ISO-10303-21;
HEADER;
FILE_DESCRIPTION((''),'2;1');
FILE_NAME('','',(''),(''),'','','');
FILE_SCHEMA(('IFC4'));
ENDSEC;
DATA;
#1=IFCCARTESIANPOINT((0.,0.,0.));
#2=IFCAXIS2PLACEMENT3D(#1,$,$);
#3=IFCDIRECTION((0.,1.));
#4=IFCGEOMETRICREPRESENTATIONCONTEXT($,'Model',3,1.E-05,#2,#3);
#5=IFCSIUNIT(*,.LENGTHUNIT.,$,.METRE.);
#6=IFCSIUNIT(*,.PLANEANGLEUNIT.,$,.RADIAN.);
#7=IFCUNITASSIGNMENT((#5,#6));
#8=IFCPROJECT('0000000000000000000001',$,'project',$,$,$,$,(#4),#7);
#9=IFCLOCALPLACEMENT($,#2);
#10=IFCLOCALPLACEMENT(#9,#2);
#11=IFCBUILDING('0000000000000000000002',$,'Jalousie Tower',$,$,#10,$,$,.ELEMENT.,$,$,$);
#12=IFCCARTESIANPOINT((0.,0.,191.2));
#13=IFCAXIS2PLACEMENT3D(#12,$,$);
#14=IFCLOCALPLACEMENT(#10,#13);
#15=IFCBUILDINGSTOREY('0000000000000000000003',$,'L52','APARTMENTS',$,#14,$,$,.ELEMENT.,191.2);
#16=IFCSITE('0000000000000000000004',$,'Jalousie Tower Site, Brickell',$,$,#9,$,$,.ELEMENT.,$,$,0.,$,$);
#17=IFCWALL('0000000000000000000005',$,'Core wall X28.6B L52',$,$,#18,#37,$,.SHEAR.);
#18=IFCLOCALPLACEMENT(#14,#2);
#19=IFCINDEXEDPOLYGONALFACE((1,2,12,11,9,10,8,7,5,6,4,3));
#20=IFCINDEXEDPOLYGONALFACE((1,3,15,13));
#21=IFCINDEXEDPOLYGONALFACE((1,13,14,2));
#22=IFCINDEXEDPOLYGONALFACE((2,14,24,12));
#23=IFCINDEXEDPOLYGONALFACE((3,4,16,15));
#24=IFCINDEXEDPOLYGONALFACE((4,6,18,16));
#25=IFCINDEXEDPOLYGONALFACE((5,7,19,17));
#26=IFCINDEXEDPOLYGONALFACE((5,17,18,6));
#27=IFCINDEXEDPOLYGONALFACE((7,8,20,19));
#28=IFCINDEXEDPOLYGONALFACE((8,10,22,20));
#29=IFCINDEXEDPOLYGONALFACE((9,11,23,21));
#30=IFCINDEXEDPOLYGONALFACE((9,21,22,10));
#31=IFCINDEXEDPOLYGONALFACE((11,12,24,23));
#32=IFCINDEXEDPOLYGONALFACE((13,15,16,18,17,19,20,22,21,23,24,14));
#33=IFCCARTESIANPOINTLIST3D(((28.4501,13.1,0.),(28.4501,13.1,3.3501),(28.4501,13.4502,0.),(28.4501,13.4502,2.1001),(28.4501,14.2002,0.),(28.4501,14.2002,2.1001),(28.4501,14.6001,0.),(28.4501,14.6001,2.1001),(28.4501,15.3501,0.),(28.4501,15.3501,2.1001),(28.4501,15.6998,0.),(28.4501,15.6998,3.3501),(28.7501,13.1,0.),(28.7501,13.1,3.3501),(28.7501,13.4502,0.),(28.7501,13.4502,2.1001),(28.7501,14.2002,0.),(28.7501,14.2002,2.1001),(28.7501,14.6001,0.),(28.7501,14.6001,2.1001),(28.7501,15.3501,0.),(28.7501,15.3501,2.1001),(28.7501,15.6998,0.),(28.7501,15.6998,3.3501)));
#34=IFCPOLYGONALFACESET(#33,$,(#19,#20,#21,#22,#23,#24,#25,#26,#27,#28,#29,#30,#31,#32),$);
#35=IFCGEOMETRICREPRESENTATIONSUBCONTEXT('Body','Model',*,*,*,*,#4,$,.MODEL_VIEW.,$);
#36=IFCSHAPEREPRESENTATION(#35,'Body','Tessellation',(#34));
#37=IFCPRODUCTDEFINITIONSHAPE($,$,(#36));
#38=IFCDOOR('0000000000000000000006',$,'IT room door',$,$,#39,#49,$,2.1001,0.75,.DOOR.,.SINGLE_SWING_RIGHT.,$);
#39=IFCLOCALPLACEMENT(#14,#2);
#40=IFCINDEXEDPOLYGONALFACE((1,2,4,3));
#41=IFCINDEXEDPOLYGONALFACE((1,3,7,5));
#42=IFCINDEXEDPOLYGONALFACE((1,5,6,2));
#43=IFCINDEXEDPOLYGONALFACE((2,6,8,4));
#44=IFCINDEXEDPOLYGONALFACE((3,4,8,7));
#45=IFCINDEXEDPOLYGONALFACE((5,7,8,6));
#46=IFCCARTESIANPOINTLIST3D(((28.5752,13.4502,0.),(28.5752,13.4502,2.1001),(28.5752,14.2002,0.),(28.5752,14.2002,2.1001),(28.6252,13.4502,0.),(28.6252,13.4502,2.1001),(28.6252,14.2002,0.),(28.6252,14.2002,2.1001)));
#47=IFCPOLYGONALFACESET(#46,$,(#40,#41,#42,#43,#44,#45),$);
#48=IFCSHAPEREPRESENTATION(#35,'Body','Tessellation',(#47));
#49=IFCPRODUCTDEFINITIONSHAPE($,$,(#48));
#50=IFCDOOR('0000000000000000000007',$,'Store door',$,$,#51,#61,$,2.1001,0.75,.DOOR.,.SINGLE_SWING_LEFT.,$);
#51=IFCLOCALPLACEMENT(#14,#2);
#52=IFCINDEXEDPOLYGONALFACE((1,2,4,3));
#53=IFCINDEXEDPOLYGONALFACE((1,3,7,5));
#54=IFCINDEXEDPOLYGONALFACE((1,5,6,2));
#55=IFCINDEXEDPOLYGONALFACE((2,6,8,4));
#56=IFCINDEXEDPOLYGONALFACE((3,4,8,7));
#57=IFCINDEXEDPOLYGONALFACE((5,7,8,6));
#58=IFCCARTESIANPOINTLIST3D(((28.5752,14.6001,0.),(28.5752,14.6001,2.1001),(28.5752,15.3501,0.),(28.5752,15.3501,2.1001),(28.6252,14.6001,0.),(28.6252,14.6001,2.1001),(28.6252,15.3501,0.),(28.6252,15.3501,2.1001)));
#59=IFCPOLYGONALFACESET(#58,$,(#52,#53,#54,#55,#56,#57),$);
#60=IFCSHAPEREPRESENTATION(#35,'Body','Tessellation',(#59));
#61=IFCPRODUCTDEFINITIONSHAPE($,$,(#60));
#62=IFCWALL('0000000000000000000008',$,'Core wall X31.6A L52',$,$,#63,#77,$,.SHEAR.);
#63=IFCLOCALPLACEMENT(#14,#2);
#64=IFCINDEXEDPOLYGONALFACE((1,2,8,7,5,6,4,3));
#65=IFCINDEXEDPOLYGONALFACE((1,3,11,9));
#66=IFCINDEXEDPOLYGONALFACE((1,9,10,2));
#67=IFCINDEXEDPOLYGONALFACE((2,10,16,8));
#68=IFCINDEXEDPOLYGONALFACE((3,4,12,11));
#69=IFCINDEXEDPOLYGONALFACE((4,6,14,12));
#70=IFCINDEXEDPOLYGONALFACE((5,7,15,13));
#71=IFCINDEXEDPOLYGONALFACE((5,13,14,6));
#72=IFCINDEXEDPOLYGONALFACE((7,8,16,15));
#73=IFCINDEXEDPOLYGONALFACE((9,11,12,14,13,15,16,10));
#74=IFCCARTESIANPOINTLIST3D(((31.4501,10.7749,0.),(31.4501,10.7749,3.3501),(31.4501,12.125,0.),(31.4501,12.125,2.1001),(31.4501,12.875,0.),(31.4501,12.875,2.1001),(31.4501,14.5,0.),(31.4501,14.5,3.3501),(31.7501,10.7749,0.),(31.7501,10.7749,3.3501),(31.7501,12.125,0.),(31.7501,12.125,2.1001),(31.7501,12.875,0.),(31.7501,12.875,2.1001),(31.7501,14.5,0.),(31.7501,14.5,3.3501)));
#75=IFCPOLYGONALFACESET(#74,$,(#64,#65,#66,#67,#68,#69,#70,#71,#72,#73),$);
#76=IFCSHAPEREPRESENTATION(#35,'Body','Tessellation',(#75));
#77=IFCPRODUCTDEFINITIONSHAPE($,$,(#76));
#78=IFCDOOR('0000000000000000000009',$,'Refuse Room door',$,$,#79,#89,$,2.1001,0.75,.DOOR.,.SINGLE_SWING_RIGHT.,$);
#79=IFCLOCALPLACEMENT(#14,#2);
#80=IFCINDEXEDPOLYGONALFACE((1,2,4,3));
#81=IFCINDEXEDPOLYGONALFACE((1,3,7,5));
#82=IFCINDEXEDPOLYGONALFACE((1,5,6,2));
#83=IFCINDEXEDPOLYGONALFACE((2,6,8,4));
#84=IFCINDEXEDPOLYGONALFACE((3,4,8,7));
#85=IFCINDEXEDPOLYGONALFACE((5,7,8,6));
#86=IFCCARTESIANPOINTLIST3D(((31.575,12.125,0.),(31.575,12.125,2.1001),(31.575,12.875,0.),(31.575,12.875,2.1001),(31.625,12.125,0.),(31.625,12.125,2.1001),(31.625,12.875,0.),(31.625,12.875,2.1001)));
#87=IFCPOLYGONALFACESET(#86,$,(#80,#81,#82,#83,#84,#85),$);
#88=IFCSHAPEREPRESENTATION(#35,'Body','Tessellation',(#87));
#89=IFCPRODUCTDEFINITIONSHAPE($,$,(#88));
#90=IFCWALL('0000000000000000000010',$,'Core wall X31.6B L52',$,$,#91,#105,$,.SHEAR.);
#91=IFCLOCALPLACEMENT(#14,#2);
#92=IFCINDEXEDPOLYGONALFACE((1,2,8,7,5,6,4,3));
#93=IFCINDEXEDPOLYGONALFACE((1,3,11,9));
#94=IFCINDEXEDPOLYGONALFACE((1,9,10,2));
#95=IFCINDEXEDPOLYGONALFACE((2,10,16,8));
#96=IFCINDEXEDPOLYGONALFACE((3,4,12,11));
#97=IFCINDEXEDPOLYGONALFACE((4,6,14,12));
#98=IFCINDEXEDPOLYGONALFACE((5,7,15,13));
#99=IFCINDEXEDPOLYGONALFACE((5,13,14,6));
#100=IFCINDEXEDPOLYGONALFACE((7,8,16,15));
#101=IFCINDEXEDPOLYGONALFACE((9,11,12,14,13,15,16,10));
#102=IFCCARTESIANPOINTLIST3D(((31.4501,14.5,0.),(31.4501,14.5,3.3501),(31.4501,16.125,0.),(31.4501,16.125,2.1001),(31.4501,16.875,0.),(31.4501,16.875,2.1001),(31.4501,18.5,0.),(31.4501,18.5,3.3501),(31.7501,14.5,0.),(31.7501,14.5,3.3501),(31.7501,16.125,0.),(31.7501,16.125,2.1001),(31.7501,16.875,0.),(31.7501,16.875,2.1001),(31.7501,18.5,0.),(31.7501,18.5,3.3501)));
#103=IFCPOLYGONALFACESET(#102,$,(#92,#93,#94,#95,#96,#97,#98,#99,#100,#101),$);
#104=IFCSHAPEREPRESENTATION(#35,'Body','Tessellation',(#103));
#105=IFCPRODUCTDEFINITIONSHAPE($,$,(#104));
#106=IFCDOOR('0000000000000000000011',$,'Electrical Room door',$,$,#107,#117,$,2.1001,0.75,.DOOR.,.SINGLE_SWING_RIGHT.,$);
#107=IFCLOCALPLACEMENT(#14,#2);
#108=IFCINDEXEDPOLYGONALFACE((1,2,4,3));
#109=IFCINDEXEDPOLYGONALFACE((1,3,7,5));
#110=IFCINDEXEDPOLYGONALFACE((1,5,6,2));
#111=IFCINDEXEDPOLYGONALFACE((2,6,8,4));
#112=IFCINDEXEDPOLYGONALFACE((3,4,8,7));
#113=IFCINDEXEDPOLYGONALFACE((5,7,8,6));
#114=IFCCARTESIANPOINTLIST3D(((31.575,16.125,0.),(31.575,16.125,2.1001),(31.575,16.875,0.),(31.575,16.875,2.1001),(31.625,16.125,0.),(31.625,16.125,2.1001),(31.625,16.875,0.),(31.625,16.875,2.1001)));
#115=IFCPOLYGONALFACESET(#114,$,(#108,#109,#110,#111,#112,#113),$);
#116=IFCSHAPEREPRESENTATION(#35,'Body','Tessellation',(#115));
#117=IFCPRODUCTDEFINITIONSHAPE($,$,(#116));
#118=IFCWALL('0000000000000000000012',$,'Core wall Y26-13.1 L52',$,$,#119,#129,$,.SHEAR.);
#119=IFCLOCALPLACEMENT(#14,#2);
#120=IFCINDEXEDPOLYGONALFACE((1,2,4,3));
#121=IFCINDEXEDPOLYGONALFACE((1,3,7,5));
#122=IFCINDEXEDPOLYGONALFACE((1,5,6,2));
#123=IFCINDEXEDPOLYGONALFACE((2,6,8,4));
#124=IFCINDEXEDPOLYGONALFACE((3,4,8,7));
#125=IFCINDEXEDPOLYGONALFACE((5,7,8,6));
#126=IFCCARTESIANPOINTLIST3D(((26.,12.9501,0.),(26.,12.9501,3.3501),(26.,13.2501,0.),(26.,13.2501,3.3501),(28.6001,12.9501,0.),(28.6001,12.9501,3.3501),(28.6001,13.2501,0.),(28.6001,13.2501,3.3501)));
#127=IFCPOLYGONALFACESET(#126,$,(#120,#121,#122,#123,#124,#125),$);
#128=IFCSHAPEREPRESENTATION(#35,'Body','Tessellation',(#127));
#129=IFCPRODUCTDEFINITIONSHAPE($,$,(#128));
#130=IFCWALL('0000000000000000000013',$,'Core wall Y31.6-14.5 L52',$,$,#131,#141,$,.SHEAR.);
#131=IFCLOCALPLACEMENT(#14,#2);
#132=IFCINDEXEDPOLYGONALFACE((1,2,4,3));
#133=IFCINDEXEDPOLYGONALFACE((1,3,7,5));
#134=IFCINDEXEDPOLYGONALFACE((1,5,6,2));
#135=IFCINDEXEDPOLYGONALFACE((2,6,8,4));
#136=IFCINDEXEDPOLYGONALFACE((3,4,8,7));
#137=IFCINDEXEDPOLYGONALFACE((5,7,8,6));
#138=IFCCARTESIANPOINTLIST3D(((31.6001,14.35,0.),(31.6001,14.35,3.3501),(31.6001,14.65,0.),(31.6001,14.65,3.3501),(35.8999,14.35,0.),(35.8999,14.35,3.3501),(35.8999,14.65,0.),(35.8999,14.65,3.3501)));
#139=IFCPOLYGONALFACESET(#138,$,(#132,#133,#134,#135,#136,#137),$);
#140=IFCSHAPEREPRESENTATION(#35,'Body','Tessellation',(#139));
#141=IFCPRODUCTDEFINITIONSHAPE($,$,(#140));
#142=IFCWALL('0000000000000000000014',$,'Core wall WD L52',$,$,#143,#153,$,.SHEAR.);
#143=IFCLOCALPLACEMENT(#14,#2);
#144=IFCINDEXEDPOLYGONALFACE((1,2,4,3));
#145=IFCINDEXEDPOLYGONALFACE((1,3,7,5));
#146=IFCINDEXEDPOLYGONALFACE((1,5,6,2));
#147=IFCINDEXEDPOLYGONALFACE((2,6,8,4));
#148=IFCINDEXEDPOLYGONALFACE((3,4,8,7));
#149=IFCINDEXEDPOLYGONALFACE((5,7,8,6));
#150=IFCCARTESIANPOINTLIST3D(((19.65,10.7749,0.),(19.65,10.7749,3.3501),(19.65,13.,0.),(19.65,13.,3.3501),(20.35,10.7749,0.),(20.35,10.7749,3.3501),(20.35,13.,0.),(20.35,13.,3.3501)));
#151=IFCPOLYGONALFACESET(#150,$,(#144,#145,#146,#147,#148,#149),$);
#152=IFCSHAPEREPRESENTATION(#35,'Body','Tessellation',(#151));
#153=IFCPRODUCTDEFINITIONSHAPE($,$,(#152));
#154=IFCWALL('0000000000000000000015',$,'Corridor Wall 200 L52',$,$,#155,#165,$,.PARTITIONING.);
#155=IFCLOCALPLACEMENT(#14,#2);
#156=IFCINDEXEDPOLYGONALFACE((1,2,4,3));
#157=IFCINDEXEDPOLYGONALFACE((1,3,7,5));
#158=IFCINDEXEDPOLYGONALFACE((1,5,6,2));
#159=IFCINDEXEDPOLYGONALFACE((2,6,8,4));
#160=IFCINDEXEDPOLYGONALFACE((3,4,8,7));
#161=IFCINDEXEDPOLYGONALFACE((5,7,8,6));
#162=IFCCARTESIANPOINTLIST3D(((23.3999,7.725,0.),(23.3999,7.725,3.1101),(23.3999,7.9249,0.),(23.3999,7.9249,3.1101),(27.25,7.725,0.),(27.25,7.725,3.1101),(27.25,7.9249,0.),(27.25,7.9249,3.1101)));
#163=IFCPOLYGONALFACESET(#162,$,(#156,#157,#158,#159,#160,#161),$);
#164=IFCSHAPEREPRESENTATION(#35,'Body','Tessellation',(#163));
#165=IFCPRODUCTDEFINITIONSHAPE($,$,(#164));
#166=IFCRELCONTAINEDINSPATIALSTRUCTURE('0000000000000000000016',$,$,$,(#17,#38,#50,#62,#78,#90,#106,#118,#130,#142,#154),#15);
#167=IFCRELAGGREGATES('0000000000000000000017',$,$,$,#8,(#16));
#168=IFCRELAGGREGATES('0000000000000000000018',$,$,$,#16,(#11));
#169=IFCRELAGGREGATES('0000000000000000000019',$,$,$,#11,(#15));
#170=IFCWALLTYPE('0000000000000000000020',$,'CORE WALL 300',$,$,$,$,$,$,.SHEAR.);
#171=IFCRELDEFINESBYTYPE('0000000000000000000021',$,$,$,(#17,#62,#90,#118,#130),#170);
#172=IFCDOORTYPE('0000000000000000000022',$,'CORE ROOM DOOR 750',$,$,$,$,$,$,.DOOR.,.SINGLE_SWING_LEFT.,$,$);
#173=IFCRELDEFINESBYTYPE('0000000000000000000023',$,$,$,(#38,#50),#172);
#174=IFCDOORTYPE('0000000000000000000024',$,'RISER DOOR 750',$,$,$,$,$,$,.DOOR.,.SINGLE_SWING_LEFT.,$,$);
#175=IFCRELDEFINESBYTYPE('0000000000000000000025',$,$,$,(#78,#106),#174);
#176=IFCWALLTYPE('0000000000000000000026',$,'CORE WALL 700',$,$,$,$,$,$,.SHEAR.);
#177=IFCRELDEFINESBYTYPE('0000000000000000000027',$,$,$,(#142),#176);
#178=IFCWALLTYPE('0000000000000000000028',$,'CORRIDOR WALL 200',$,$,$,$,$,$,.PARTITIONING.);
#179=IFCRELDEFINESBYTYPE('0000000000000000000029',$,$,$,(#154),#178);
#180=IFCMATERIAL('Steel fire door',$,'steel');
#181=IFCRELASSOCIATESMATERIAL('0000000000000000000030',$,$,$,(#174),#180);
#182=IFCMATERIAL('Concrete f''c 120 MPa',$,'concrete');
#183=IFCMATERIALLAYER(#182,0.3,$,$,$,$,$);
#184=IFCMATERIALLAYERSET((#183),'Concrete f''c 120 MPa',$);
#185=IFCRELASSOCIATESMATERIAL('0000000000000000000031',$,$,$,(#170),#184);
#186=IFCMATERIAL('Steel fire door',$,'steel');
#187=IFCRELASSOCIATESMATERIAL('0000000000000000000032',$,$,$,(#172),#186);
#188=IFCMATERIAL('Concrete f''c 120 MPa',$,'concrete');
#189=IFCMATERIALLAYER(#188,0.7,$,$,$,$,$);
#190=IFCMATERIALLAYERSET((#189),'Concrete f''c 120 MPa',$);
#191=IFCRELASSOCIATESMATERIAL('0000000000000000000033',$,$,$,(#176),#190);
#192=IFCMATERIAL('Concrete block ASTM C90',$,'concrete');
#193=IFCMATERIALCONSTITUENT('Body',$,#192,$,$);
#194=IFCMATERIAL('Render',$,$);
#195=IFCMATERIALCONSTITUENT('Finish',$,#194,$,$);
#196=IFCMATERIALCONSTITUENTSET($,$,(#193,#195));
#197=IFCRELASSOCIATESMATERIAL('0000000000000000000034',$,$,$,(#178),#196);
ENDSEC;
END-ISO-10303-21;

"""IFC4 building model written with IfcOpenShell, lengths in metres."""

from ifc_helpers import new_model, si_unit, direction, frame, frame_2d, origin, place, context, subcontext, project, spatial, rectangle, extrude, material, layer, layer_set, constituent, constituent_set, type_object, element, fill, save


model = new_model("IFC4")

# Units and contexts
model_context = context("Model", 3, precision=1e-05, world=origin(), true_north=direction((0.0, 1.0)))
body_context = subcontext(model_context, "Body", "Model", "MODEL_VIEW")
ifc_project = project(units=[si_unit("LENGTHUNIT", "METRE"), si_unit("PLANEANGLEUNIT", "RADIAN")], contexts=[model_context])

# Site, building, storey
site_placement = place(None, origin())
site = spatial("IfcSite", under=ifc_project, at=site_placement, Name="Jalousie Tower Site, Brickell", CompositionType="ELEMENT", RefElevation=0.0)
building_placement = place(site_placement, origin())
building = spatial("IfcBuilding", under=site, at=building_placement, Name="Jalousie Tower", CompositionType="ELEMENT")
storey_placement = place(building_placement, frame((0.0, 0.0, 191.2)))
storey = spatial("IfcBuildingStorey", under=building, at=storey_placement, Name="L52", Description="APARTMENTS", CompositionType="ELEMENT", Elevation=191.2)

# Shared definitions
ifc_material_1 = material(Name="Steel fire door", Category="steel")
door_type_1 = type_object("IfcDoorType", Name="RISER DOOR 750", OperationType="SINGLE_SWING_LEFT", PredefinedType="DOOR", material=ifc_material_1)

# Shared definitions
ifc_material_2 = material(Name="Concrete f'c 120 MPa", Category="concrete")
ifc_layer_1 = layer(ifc_material_2, 0.3)
ifc_layer_set_1 = layer_set([ifc_layer_1], Name="Concrete f'c 120 MPa")
wall_type_1 = type_object("IfcWallType", Name="CORE WALL 300", PredefinedType="SHEAR", material=ifc_layer_set_1)

# Wall, openings, doors
wall_1_placement = place(storey_placement, frame((28.6001, 13.1001, 0.0), z_axis=(0.0, 0.0, 1.0), x_axis=(0.0, 1.0, 0.0)))
wall_1 = element("IfcWall", 1, at=wall_1_placement, inside=storey, type_object=wall_type_1, Name="Core wall X28.6B L52", PredefinedType="SHEAR", context=body_context, shape_type="SweptSolid", body=[
    extrude(rectangle(XDim=2.5999, YDim=0.3, at=frame_2d((1.2998, 0.0))), origin(), (0.0, 0.0, 1.0), 3.3501),
])
opening_1_placement = place(wall_1_placement, frame((0.3501, 0.0, 0.0)))
opening_1 = element("IfcOpeningElement", 2, at=opening_1_placement, cuts=wall_1, PredefinedType="OPENING", context=body_context, shape_type="SweptSolid", body=[
    extrude(rectangle(XDim=0.75, YDim=2.1001, at=frame_2d((0.375, 1.05))), frame((0.0, 0.1599, 0.0), z_axis=(0.0, -1.0, 0.0), x_axis=(1.0, 0.0, 0.0)), (0.0, 0.0, 1.0), 0.3201),
])
opening_2_placement = place(wall_1_placement, frame((1.5, 0.0, 0.0)))
opening_2 = element("IfcOpeningElement", 3, at=opening_2_placement, cuts=wall_1, PredefinedType="OPENING", context=body_context, shape_type="SweptSolid", body=[
    extrude(rectangle(XDim=0.75, YDim=2.1001, at=frame_2d((0.375, 1.05))), frame((0.0, 0.1599, 0.0), z_axis=(0.0, -1.0, 0.0), x_axis=(1.0, 0.0, 0.0)), (0.0, 0.0, 1.0), 0.3201),
])
ifc_material_3 = material(Name="Steel fire door", Category="steel")
door_type_2 = type_object("IfcDoorType", Name="CORE ROOM DOOR 750", OperationType="SINGLE_SWING_LEFT", PredefinedType="DOOR", material=ifc_material_3)
door_1_placement = place(opening_1_placement, origin())
door_1 = element("IfcDoor", 4, at=door_1_placement, inside=storey, type_object=door_type_2, Name="IT room door", OperationType="SINGLE_SWING_RIGHT", OverallHeight=2.1001, OverallWidth=0.75, PredefinedType="DOOR", context=body_context, shape_type="SweptSolid", body=[
    extrude(rectangle(XDim=0.75, YDim=2.1001, at=frame_2d((0.375, 1.05))), frame((0.0, 0.0249, 0.0), z_axis=(0.0, -1.0, 0.0), x_axis=(1.0, 0.0, 0.0)), (0.0, 0.0, 1.0), 0.05),
])
fill(opening_1, door_1)
door_2_placement = place(opening_2_placement, origin())
door_2 = element("IfcDoor", 5, at=door_2_placement, inside=storey, type_object=door_type_2, Name="Store door", OperationType="SINGLE_SWING_LEFT", OverallHeight=2.1001, OverallWidth=0.75, PredefinedType="DOOR", context=body_context, shape_type="SweptSolid", body=[
    extrude(rectangle(XDim=0.75, YDim=2.1001, at=frame_2d((0.375, 1.05))), frame((0.0, 0.0249, 0.0), z_axis=(0.0, -1.0, 0.0), x_axis=(1.0, 0.0, 0.0)), (0.0, 0.0, 1.0), 0.05),
])
fill(opening_2, door_2)

# Walls, openings, doors
wall_2_placement = place(storey_placement, frame((31.6001, 10.7749, 0.0), z_axis=(0.0, 0.0, 1.0), x_axis=(0.0, 1.0, 0.0)))
wall_2 = element("IfcWall", 6, at=wall_2_placement, inside=storey, type_object=wall_type_1, Name="Core wall X31.6A L52", PredefinedType="SHEAR", context=body_context, shape_type="SweptSolid", body=[
    extrude(rectangle(XDim=3.7251, YDim=0.3, at=frame_2d((1.8625, 0.0))), origin(), (0.0, 0.0, 1.0), 3.3501),
])
opening_3_placement = place(wall_2_placement, frame((1.3501, 0.0, 0.0)))
opening_3 = element("IfcOpeningElement", 7, at=opening_3_placement, cuts=wall_2, PredefinedType="OPENING", context=body_context, shape_type="SweptSolid", body=[
    extrude(rectangle(XDim=0.75, YDim=2.1001, at=frame_2d((0.375, 1.05))), frame((0.0, 0.1599, 0.0), z_axis=(0.0, -1.0, 0.0), x_axis=(1.0, 0.0, 0.0)), (0.0, 0.0, 1.0), 0.3201),
])
door_3_placement = place(opening_3_placement, frame((0.75, 0.0, 0.0), z_axis=(0.0, 0.0, 1.0), x_axis=(-1.0, 0.0, 0.0)))
door_3 = element("IfcDoor", 8, at=door_3_placement, inside=storey, type_object=door_type_1, Name="Refuse Room door", OperationType="SINGLE_SWING_RIGHT", OverallHeight=2.1001, OverallWidth=0.75, PredefinedType="DOOR", context=body_context, shape_type="SweptSolid", body=[
    extrude(rectangle(XDim=0.75, YDim=2.1001, at=frame_2d((0.375, 1.05))), frame((0.0, 0.0249, 0.0), z_axis=(0.0, -1.0, 0.0), x_axis=(1.0, 0.0, 0.0)), (0.0, 0.0, 1.0), 0.05),
])
fill(opening_3, door_3)
wall_3_placement = place(storey_placement, frame((31.6001, 14.5, 0.0), z_axis=(0.0, 0.0, 1.0), x_axis=(0.0, 1.0, 0.0)))
wall_3 = element("IfcWall", 9, at=wall_3_placement, inside=storey, type_object=wall_type_1, Name="Core wall X31.6B L52", PredefinedType="SHEAR", context=body_context, shape_type="SweptSolid", body=[
    extrude(rectangle(XDim=4.0, YDim=0.3, at=frame_2d((2.0, 0.0))), origin(), (0.0, 0.0, 1.0), 3.3501),
])
opening_4_placement = place(wall_3_placement, frame((1.625, 0.0, 0.0)))
opening_4 = element("IfcOpeningElement", 10, at=opening_4_placement, cuts=wall_3, PredefinedType="OPENING", context=body_context, shape_type="SweptSolid", body=[
    extrude(rectangle(XDim=0.75, YDim=2.1001, at=frame_2d((0.375, 1.05))), frame((0.0, 0.1599, 0.0), z_axis=(0.0, -1.0, 0.0), x_axis=(1.0, 0.0, 0.0)), (0.0, 0.0, 1.0), 0.3201),
])
door_4_placement = place(opening_4_placement, frame((0.75, 0.0, 0.0), z_axis=(0.0, 0.0, 1.0), x_axis=(-1.0, 0.0, 0.0)))
door_4 = element("IfcDoor", 11, at=door_4_placement, inside=storey, type_object=door_type_1, Name="Electrical Room door", OperationType="SINGLE_SWING_RIGHT", OverallHeight=2.1001, OverallWidth=0.75, PredefinedType="DOOR", context=body_context, shape_type="SweptSolid", body=[
    extrude(rectangle(XDim=0.75, YDim=2.1001, at=frame_2d((0.375, 1.05))), frame((0.0, 0.0249, 0.0), z_axis=(0.0, -1.0, 0.0), x_axis=(1.0, 0.0, 0.0)), (0.0, 0.0, 1.0), 0.05),
])
fill(opening_4, door_4)

# Walls
wall_4_placement = place(storey_placement, frame((26.0, 13.1001, 0.0), z_axis=(0.0, 0.0, 1.0), x_axis=(1.0, 0.0, 0.0)))
element("IfcWall", 12, at=wall_4_placement, inside=storey, type_object=wall_type_1, Name="Core wall Y26-13.1 L52", PredefinedType="SHEAR", context=body_context, shape_type="SweptSolid", body=[
    extrude(rectangle(XDim=2.6001, YDim=0.3, at=frame_2d((1.3, 0.0))), origin(), (0.0, 0.0, 1.0), 3.3501),
])
wall_5_placement = place(storey_placement, frame((31.6001, 14.5, 0.0), z_axis=(0.0, 0.0, 1.0), x_axis=(1.0, 0.0, 0.0)))
element("IfcWall", 13, at=wall_5_placement, inside=storey, type_object=wall_type_1, Name="Core wall Y31.6-14.5 L52", PredefinedType="SHEAR", context=body_context, shape_type="SweptSolid", body=[
    extrude(rectangle(XDim=4.2998, YDim=0.3, at=frame_2d((2.1499, 0.0))), origin(), (0.0, 0.0, 1.0), 3.3501),
])
ifc_material_4 = material(Name="Concrete f'c 120 MPa", Category="concrete")
ifc_layer_2 = layer(ifc_material_4, 0.7)
ifc_layer_set_2 = layer_set([ifc_layer_2], Name="Concrete f'c 120 MPa")
wall_type_2 = type_object("IfcWallType", Name="CORE WALL 700", PredefinedType="SHEAR", material=ifc_layer_set_2)
wall_6_placement = place(storey_placement, frame((20.0, 13.0, 0.0), z_axis=(0.0, 0.0, 1.0), x_axis=(0.0, -1.0, 0.0)))
element("IfcWall", 14, at=wall_6_placement, inside=storey, type_object=wall_type_2, Name="Core wall WD L52", PredefinedType="SHEAR", context=body_context, shape_type="SweptSolid", body=[
    extrude(rectangle(XDim=2.2251, YDim=0.7, at=frame_2d((1.1125, 0.0))), origin(), (0.0, 0.0, 1.0), 3.3501),
])
ifc_material_5 = material(Name="Concrete block ASTM C90", Category="concrete")
ifc_constituent_1 = constituent(ifc_material_5, Name="Body")
ifc_material_6 = material(Name="Render")
ifc_constituent_2 = constituent(ifc_material_6, Name="Finish")
ifc_constituent_set_1 = constituent_set(constituents=[ifc_constituent_1, ifc_constituent_2])
wall_type_3 = type_object("IfcWallType", Name="CORRIDOR WALL 200", PredefinedType="PARTITIONING", material=ifc_constituent_set_1)
wall_7_placement = place(storey_placement, frame((23.3999, 7.825, 0.0), z_axis=(0.0, 0.0, 1.0), x_axis=(1.0, 0.0, 0.0)))
element("IfcWall", 15, at=wall_7_placement, inside=storey, type_object=wall_type_3, Name="Corridor Wall 200 L52", PredefinedType="PARTITIONING", context=body_context, shape_type="SweptSolid", body=[
    extrude(rectangle(XDim=3.8501, YDim=0.2, at=frame_2d((1.925, 0.0))), origin(), (0.0, 0.0, 1.0), 3.1101),
])

save(model, "model.ifc")
